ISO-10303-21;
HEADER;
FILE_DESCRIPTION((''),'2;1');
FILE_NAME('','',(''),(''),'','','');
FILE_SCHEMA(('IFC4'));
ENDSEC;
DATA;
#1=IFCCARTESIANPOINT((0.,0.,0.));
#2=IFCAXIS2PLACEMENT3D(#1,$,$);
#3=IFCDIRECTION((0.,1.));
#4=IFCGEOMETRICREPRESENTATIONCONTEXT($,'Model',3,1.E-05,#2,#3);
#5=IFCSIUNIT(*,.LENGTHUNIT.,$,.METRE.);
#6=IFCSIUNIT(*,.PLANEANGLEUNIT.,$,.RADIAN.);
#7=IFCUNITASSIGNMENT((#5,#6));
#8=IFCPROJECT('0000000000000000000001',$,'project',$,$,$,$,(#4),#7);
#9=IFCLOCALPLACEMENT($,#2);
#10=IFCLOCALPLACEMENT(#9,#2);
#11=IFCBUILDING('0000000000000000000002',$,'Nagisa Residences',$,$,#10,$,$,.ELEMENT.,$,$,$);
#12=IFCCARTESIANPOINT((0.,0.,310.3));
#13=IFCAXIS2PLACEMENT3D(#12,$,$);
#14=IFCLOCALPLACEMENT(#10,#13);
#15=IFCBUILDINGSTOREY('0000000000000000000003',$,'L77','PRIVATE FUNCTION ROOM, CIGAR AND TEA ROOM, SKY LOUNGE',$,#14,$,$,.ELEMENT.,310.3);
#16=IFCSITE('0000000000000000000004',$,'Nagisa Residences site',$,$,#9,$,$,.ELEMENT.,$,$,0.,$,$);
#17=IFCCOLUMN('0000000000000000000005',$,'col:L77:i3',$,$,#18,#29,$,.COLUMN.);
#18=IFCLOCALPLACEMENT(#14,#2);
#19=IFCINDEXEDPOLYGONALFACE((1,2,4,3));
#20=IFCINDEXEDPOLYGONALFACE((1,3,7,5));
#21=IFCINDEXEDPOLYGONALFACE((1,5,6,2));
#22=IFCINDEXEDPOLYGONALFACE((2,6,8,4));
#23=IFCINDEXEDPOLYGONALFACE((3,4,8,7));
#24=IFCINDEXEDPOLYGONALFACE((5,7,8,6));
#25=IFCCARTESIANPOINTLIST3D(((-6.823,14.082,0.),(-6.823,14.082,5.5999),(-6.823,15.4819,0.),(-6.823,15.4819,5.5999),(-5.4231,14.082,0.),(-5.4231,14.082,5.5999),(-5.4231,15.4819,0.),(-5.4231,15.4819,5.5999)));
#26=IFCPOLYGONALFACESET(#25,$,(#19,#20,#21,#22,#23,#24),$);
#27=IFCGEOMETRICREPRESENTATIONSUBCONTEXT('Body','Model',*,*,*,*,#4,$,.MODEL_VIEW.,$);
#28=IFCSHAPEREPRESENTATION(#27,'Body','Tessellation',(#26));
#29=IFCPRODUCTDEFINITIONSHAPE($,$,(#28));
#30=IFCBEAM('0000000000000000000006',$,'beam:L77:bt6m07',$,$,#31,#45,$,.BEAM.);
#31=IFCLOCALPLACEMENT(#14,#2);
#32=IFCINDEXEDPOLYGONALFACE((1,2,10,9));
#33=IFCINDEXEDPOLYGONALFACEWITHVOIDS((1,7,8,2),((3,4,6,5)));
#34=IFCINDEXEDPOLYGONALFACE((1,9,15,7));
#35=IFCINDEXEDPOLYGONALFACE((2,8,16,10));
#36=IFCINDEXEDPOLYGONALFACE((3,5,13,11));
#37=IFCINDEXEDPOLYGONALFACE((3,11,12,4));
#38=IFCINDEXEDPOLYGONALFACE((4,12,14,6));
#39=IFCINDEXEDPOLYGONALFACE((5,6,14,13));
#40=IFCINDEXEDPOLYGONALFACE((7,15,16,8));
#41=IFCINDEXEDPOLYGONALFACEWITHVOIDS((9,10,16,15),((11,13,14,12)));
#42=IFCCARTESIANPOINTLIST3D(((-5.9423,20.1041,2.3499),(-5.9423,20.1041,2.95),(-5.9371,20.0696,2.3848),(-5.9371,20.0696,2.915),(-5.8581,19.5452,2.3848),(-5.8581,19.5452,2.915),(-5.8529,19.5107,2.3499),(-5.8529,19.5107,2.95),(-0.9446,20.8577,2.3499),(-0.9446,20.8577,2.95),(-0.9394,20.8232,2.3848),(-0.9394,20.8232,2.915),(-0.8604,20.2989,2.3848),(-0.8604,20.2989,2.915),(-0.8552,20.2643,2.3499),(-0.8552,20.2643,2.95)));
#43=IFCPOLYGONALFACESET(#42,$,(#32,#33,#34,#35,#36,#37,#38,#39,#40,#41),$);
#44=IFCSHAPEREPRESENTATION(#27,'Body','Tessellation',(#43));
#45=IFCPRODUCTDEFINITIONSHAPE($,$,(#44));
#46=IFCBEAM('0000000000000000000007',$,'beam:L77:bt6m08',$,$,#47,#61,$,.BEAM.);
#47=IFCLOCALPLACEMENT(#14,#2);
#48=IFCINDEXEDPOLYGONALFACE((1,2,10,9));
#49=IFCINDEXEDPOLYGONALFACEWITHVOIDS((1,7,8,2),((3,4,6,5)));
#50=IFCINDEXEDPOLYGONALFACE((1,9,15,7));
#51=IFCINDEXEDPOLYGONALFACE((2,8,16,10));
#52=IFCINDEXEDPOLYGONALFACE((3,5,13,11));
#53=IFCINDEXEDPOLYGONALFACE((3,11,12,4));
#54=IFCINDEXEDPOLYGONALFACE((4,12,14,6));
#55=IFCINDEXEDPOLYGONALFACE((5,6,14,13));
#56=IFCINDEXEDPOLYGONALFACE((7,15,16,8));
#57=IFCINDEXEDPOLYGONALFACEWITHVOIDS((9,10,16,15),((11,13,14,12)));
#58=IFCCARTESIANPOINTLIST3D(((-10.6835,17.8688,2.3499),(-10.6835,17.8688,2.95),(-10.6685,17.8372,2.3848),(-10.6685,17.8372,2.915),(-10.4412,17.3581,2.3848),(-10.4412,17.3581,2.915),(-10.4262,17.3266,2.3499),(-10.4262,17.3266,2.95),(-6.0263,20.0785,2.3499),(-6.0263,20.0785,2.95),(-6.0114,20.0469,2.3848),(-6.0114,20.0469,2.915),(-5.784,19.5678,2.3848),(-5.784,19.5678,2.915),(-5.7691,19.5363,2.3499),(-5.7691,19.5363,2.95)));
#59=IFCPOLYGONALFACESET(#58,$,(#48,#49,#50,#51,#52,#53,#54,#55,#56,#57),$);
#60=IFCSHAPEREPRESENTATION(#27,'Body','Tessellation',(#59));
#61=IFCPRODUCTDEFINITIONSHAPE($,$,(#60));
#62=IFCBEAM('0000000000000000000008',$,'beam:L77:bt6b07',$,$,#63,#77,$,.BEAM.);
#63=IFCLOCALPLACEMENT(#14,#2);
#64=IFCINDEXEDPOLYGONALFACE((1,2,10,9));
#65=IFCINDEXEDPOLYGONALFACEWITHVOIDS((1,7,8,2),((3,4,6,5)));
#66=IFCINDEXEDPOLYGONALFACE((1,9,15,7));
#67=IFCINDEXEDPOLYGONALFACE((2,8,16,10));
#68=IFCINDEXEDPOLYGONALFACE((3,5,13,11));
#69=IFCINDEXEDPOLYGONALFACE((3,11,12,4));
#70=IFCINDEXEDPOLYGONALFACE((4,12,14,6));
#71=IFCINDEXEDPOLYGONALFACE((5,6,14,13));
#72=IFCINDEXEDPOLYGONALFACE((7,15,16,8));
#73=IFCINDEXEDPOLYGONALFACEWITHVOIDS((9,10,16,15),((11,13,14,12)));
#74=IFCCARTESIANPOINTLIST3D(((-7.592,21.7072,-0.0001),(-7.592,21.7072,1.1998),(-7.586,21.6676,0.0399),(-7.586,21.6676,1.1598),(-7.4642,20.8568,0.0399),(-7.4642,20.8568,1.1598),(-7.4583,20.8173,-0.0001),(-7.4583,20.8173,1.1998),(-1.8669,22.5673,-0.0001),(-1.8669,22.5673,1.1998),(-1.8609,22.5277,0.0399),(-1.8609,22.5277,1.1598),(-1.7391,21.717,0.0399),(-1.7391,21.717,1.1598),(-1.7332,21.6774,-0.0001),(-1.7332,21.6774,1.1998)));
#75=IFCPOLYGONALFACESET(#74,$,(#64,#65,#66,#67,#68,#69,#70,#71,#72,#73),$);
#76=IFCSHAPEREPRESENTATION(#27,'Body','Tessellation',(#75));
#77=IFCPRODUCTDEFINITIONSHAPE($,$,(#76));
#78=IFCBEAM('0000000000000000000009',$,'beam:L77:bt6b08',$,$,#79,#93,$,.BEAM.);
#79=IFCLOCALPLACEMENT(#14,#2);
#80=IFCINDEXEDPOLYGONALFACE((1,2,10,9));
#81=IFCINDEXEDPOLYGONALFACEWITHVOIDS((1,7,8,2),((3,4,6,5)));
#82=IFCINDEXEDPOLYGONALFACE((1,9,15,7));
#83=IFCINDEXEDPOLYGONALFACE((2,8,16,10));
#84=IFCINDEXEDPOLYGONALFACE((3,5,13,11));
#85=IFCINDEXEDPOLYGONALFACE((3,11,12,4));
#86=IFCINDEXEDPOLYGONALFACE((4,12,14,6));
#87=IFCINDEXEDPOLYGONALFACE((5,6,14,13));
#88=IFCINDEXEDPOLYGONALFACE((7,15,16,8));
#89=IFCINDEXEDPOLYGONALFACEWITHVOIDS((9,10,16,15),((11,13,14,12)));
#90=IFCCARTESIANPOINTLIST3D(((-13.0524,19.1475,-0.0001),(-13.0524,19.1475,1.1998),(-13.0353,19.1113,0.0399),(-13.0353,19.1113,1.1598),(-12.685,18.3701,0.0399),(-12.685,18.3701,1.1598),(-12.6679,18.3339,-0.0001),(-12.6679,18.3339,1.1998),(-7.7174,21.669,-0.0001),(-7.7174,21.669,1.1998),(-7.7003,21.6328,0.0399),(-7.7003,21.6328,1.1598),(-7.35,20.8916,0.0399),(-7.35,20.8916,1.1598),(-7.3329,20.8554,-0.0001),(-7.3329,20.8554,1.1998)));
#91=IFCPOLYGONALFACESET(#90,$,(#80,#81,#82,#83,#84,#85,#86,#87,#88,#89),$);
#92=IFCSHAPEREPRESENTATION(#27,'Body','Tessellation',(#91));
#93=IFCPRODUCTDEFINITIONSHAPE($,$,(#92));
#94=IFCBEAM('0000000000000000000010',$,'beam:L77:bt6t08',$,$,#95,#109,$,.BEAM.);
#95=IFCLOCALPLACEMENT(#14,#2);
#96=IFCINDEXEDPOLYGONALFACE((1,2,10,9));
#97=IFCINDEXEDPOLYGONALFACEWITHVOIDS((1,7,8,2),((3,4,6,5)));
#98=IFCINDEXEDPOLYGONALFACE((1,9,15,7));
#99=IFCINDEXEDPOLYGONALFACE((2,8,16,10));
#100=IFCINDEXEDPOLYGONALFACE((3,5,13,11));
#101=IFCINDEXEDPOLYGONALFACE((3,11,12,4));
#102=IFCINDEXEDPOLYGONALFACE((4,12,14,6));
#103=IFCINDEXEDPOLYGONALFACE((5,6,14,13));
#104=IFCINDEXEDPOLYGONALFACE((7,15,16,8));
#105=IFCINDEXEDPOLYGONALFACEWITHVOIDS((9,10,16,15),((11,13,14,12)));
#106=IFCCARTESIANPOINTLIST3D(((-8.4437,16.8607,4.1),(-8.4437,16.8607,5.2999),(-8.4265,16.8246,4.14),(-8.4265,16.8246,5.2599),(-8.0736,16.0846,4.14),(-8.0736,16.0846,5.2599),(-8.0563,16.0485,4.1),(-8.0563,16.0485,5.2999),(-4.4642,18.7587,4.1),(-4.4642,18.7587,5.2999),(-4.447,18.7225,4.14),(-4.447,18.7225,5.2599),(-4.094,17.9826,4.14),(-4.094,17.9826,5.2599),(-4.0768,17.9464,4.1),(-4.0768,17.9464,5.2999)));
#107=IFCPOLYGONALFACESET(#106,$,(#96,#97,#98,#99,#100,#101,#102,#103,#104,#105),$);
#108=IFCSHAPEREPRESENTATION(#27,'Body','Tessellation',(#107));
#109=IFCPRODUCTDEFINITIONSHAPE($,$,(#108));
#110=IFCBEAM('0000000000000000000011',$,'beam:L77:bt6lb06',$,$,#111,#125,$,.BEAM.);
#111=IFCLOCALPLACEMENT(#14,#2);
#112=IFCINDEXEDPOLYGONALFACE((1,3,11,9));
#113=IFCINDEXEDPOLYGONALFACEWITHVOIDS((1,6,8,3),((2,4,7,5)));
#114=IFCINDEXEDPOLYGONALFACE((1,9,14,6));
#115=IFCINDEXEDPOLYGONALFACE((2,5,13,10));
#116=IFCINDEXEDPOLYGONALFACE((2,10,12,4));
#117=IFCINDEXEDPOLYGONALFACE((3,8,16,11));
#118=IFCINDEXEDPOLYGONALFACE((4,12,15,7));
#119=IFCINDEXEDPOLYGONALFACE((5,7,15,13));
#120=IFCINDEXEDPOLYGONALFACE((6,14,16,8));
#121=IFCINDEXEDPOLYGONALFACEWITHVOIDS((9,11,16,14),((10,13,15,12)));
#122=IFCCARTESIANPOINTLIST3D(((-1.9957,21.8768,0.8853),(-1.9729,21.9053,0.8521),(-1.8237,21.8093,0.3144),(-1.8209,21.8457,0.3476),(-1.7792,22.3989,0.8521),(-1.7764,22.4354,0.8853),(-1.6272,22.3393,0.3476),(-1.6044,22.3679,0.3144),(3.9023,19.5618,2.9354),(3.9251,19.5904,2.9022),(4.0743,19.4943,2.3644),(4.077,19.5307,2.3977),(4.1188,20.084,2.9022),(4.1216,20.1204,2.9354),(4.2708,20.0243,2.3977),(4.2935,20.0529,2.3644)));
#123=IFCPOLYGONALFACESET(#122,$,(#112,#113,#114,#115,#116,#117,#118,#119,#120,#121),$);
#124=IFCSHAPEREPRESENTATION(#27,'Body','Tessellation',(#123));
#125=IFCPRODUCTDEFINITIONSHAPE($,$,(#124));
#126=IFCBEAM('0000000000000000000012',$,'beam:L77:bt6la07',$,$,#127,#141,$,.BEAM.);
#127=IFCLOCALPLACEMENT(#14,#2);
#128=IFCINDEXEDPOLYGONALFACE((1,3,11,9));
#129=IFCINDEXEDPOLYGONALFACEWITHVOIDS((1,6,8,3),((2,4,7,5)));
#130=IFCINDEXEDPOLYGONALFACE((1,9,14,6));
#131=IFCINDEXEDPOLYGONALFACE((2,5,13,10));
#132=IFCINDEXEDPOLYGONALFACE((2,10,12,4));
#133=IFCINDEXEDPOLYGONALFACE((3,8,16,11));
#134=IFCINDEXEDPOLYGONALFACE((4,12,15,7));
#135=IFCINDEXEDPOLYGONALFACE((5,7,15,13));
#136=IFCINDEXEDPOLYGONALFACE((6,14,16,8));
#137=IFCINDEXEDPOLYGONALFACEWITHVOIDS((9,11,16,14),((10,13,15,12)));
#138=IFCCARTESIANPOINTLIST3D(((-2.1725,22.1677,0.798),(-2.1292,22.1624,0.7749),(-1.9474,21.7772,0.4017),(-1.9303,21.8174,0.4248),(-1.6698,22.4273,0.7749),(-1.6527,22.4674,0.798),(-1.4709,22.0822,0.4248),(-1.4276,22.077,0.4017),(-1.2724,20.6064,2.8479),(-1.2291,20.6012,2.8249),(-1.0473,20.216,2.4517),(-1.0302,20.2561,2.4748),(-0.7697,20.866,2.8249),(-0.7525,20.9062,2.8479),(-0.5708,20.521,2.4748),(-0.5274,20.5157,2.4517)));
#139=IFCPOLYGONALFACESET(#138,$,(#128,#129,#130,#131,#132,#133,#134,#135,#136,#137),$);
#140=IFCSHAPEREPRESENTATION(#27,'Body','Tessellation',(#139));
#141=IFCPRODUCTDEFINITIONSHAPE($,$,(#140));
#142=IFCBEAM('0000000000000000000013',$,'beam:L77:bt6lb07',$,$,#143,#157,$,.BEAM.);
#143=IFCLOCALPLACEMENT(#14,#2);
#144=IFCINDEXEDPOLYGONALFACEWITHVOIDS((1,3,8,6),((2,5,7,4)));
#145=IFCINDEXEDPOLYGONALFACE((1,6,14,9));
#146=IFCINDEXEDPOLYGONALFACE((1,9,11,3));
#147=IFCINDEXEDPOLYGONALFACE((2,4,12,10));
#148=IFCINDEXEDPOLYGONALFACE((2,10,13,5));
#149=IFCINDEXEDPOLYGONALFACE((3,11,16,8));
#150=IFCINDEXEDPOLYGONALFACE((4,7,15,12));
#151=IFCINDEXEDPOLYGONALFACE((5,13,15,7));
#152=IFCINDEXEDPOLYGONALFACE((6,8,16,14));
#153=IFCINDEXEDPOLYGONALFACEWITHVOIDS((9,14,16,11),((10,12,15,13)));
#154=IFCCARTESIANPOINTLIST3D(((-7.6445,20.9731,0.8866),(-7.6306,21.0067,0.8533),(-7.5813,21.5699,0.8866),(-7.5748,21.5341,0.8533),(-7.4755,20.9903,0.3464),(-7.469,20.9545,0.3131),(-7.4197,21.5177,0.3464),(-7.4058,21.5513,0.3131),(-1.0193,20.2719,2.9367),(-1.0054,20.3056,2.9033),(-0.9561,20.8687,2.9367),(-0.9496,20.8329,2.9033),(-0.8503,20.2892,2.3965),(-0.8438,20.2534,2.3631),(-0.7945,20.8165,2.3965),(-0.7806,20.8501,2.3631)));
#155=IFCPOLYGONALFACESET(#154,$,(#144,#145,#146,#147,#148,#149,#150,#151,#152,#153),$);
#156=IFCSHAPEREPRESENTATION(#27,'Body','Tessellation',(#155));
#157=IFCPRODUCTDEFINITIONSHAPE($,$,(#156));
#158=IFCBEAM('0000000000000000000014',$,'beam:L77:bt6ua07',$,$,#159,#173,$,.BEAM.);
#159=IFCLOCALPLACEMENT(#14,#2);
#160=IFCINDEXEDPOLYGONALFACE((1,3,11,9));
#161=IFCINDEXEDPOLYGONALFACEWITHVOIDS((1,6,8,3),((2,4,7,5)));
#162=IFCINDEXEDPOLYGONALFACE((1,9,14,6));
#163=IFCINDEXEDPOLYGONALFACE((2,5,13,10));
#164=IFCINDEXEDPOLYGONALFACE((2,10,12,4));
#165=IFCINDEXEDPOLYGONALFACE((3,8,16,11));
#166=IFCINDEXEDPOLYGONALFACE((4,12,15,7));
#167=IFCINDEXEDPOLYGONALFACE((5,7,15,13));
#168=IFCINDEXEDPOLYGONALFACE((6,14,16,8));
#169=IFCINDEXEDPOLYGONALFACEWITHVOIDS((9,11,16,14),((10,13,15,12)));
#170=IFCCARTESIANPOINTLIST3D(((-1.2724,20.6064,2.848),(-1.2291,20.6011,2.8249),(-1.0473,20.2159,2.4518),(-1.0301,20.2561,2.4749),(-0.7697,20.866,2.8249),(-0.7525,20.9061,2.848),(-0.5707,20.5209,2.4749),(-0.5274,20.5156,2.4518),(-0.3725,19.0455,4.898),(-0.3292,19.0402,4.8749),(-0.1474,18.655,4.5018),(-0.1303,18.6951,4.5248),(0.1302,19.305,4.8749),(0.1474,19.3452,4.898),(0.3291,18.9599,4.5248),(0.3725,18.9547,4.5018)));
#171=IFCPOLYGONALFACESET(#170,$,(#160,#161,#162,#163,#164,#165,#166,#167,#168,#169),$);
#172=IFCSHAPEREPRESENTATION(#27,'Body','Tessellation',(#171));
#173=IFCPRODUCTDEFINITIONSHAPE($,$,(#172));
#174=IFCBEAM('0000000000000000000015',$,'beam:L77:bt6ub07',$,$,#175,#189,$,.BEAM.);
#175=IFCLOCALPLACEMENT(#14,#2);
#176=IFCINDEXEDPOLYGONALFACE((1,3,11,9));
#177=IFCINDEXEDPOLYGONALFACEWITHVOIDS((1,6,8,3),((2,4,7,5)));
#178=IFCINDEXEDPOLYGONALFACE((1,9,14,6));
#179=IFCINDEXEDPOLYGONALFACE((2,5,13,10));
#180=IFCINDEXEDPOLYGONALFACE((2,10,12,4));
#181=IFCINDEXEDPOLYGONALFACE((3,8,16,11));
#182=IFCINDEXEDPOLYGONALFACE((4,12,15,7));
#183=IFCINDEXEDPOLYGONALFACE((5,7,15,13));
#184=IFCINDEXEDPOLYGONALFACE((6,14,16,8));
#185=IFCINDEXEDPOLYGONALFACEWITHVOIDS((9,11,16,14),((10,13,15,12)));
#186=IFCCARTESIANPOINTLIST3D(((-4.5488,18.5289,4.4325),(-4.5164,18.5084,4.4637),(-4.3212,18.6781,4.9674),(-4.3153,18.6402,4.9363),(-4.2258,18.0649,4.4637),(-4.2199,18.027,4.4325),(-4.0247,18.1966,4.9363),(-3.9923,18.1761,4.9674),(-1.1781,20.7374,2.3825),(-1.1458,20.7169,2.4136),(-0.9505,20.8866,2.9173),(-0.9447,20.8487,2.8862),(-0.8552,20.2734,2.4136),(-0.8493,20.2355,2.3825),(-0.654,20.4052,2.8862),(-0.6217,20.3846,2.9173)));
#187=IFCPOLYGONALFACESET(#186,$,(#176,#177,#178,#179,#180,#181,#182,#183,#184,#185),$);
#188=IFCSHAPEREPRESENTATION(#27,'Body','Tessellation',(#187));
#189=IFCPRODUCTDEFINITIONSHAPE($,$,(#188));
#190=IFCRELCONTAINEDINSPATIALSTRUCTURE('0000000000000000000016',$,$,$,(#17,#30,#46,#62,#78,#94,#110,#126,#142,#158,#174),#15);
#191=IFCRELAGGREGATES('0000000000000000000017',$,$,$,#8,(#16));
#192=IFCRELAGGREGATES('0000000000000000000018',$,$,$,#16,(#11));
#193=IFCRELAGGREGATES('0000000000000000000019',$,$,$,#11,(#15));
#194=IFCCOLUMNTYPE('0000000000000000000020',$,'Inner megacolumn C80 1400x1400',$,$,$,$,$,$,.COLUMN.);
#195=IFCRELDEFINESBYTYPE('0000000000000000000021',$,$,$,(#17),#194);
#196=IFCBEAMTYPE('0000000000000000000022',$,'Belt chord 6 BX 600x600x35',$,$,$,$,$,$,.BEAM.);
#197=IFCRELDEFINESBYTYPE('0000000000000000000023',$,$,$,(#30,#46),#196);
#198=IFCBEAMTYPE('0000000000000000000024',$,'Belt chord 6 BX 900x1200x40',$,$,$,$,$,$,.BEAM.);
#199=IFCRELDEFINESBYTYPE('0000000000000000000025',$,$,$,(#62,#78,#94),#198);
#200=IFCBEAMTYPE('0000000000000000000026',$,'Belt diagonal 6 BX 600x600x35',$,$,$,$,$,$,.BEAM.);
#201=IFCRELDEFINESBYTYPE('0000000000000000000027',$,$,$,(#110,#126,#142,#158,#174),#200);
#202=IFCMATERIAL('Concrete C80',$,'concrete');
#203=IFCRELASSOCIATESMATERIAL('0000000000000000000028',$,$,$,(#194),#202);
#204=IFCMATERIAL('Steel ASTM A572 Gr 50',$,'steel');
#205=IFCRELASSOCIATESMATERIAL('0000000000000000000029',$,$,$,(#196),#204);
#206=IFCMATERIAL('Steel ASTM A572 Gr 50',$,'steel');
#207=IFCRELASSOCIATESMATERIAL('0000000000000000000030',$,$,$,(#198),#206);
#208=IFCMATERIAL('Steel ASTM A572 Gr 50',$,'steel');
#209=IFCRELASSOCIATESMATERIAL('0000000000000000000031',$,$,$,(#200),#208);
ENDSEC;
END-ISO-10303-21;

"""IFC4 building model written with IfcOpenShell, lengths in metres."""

from ifc_helpers import new_model, si_unit, direction, frame, origin, origin_2d, place, context, subcontext, project, spatial, rectangle, hollow_rectangle, extrude, material, material_profile, profile_set, type_object, element, save


model = new_model("IFC4")

# Units and contexts
model_context = context("Model", 3, precision=1e-05, world=origin(), true_north=direction((0.0, 1.0)))
body_context = subcontext(model_context, "Body", "Model", "MODEL_VIEW")
ifc_project = project(units=[si_unit("LENGTHUNIT", "METRE"), si_unit("PLANEANGLEUNIT", "RADIAN")], contexts=[model_context])

# Site, building, storey
site_placement = place(None, origin())
site = spatial("IfcSite", under=ifc_project, at=site_placement, Name="Nagisa Residences site", CompositionType="ELEMENT", RefElevation=0.0)
building_placement = place(site_placement, origin())
building = spatial("IfcBuilding", under=site, at=building_placement, Name="Nagisa Residences", CompositionType="ELEMENT")
storey_placement = place(building_placement, frame((0.0, 0.0, 310.3)))
storey = spatial("IfcBuildingStorey", under=building, at=storey_placement, Name="L77", Description="PRIVATE FUNCTION ROOM, CIGAR AND TEA ROOM, SKY LOUNGE", CompositionType="ELEMENT", Elevation=310.3)

# Column
ifc_material_1 = material(Name="Concrete C80", Category="concrete")
ifc_material_profile_1 = material_profile(ifc_material_1, rectangle(XDim=1.3999, YDim=1.3999, at=origin_2d()), Name="C80 1400x1400")
ifc_profile_set_1 = profile_set([ifc_material_profile_1], Name="Concrete C80")
column_type = type_object("IfcColumnType", Name="Inner megacolumn C80 1400x1400", PredefinedType="COLUMN", material=ifc_profile_set_1)
column_placement = place(storey_placement, frame((-6.123, 14.782, 0.0), z_axis=(0.0, 0.0, 1.0), x_axis=(1.0, 0.0, 0.0)))
element("IfcColumn", 1, at=column_placement, inside=storey, type_object=column_type, Name="col:L77:i3", PredefinedType="COLUMN", context=body_context, shape_type="SweptSolid", body=[
    extrude(rectangle(XDim=1.3999, YDim=1.3999, at=origin_2d()), origin(), (0.0, 0.0, 1.0), 5.5999),
])

# Beams
ifc_material_2 = material(Name="Steel ASTM A572 Gr 50", Category="steel")
ifc_material_profile_2 = material_profile(ifc_material_2, hollow_rectangle(XDim=0.6001, YDim=0.6001, WallThickness=0.0349, at=origin_2d()), Name="BX 600x600x35")
ifc_profile_set_2 = profile_set([ifc_material_profile_2], Name="Steel ASTM A572 Gr 50")
beam_type_1 = type_object("IfcBeamType", Name="Belt chord 6 BX 600x600x35", PredefinedType="BEAM", material=ifc_profile_set_2)
beam_1_placement = place(storey_placement, frame((-0.8999, 20.561, 2.6499), z_axis=(-0.98882, -0.149113, 0.0), x_axis=(0.149113, -0.98882, 0.0)))
element("IfcBeam", 2, at=beam_1_placement, inside=storey, type_object=beam_type_1, Name="beam:L77:bt6m07", PredefinedType="BEAM", context=body_context, shape_type="SweptSolid", body=[
    extrude(hollow_rectangle(XDim=0.6001, YDim=0.6001, WallThickness=0.0349, at=origin_2d()), origin(), (0.0, 0.0, 1.0), 5.0542),
])
beam_2_placement = place(storey_placement, frame((-5.8977, 19.8074, 2.6499), z_axis=(-0.903463, -0.428666, 0.0), x_axis=(0.428666, -0.903463, 0.0)))
element("IfcBeam", 3, at=beam_2_placement, inside=storey, type_object=beam_type_1, Name="beam:L77:bt6m08", PredefinedType="BEAM", context=body_context, shape_type="SweptSolid", body=[
    extrude(hollow_rectangle(XDim=0.6001, YDim=0.6001, WallThickness=0.0349, at=origin_2d()), origin(), (0.0, 0.0, 1.0), 5.1548),
])
ifc_material_3 = material(Name="Steel ASTM A572 Gr 50", Category="steel")
ifc_material_profile_3 = material_profile(ifc_material_3, hollow_rectangle(XDim=0.8999, YDim=1.2, WallThickness=0.04, at=origin_2d()), Name="BX 900x1200x40")
ifc_profile_set_3 = profile_set([ifc_material_profile_3], Name="Steel ASTM A572 Gr 50")
beam_type_2 = type_object("IfcBeamType", Name="Belt chord 6 BX 900x1200x40", PredefinedType="BEAM", material=ifc_profile_set_3)
beam_3_placement = place(storey_placement, frame((-1.8, 22.1223, 0.5999), z_axis=(-0.988902, -0.148567, 0.0), x_axis=(0.148567, -0.988902, 0.0)))
element("IfcBeam", 4, at=beam_3_placement, inside=storey, type_object=beam_type_2, Name="beam:L77:bt6b07", PredefinedType="BEAM", context=body_context, shape_type="SweptSolid", body=[
    extrude(hollow_rectangle(XDim=0.8999, YDim=1.2, WallThickness=0.04, at=origin_2d()), origin(), (0.0, 0.0, 1.0), 5.7893),
])
beam_4_placement = place(storey_placement, frame((-7.5251, 21.2622, 0.5999), z_axis=(-0.904105, -0.427311, 0.0), x_axis=(0.427311, -0.904105, 0.0)))
element("IfcBeam", 5, at=beam_4_placement, inside=storey, type_object=beam_type_2, Name="beam:L77:bt6b08", PredefinedType="BEAM", context=body_context, shape_type="SweptSolid", body=[
    extrude(hollow_rectangle(XDim=0.8999, YDim=1.2, WallThickness=0.04, at=origin_2d()), origin(), (0.0, 0.0, 1.0), 5.9009),
])
beam_5_placement = place(storey_placement, frame((-4.2705, 18.3525, 4.7), z_axis=(-0.9026, -0.430479, 0.0), x_axis=(0.430479, -0.9026, 0.0)))
element("IfcBeam", 6, at=beam_5_placement, inside=storey, type_object=beam_type_2, Name="beam:L77:bt6t08", PredefinedType="BEAM", context=body_context, shape_type="SweptSolid", body=[
    extrude(hollow_rectangle(XDim=0.8999, YDim=1.2, WallThickness=0.04, at=origin_2d()), origin(), (0.0, 0.0, 1.0), 4.4089),
])
ifc_material_4 = material(Name="Steel ASTM A572 Gr 50", Category="steel")
ifc_material_profile_4 = material_profile(ifc_material_4, hollow_rectangle(XDim=0.6001, YDim=0.6001, WallThickness=0.0349, at=origin_2d()), Name="BX 600x600x35")
ifc_profile_set_4 = profile_set([ifc_material_profile_4], Name="Steel ASTM A572 Gr 50")
beam_type_3 = type_object("IfcBeamType", Name="Belt diagonal 6 BX 600x600x35", PredefinedType="BEAM", material=ifc_profile_set_4)
beam_6_placement = place(storey_placement, frame((-1.8, 22.1223, 0.5999), z_axis=(0.885659, -0.347621, 0.307843), x_axis=(0.365364, 0.930865, 0.0)))
element("IfcBeam", 7, at=beam_6_placement, inside=storey, type_object=beam_type_3, Name="beam:L77:bt6lb06", PredefinedType="BEAM", context=body_context, shape_type="SweptSolid", body=[
    extrude(hollow_rectangle(XDim=0.6001, YDim=0.6001, WallThickness=0.0349, at=origin_2d()), origin(), (0.0, 0.0, 1.0), 6.6594),
])
beam_7_placement = place(storey_placement, frame((-1.8, 22.1223, 0.5999), z_axis=(0.329776, -0.571987, 0.751052), x_axis=(0.866328, 0.499476, 0.0)))
element("IfcBeam", 8, at=beam_7_placement, inside=storey, type_object=beam_type_3, Name="beam:L77:bt6la07", PredefinedType="BEAM", context=body_context, shape_type="SweptSolid", body=[
    extrude(hollow_rectangle(XDim=0.6001, YDim=0.6001, WallThickness=0.0349, at=origin_2d()), origin(), (0.0, 0.0, 1.0), 2.7295),
])
beam_8_placement = place(storey_placement, frame((-7.5251, 21.2622, 0.5999), z_axis=(0.950466, -0.100591, 0.294103), x_axis=(0.105246, 0.994446, 0.0)))
element("IfcBeam", 9, at=beam_8_placement, inside=storey, type_object=beam_type_3, Name="beam:L77:bt6lb07", PredefinedType="BEAM", context=body_context, shape_type="SweptSolid", body=[
    extrude(hollow_rectangle(XDim=0.6001, YDim=0.6001, WallThickness=0.0349, at=origin_2d()), origin(), (0.0, 0.0, 1.0), 6.9705),
])
beam_9_placement = place(storey_placement, frame((-0.8999, 20.561, 2.6499), z_axis=(0.329713, -0.571944, 0.751112), x_axis=(0.866352, 0.499433, 0.0)))
element("IfcBeam", 10, at=beam_9_placement, inside=storey, type_object=beam_type_3, Name="beam:L77:bt6ua07", PredefinedType="BEAM", context=body_context, shape_type="SweptSolid", body=[
    extrude(hollow_rectangle(XDim=0.6001, YDim=0.6001, WallThickness=0.0349, at=origin_2d()), origin(), (0.0, 0.0, 1.0), 2.7292),
])
beam_10_placement = place(storey_placement, frame((-0.8999, 20.561, 2.6499), z_axis=(-0.745513, -0.488477, 0.453431), x_axis=(0.548055, -0.836442, 0.0)))
element("IfcBeam", 11, at=beam_10_placement, inside=storey, type_object=beam_type_3, Name="beam:L77:bt6ub07", PredefinedType="BEAM", context=body_context, shape_type="SweptSolid", body=[
    extrude(hollow_rectangle(XDim=0.6001, YDim=0.6001, WallThickness=0.0349, at=origin_2d()), origin(), (0.0, 0.0, 1.0), 4.5212),
])

save(model, "model.ifc")
